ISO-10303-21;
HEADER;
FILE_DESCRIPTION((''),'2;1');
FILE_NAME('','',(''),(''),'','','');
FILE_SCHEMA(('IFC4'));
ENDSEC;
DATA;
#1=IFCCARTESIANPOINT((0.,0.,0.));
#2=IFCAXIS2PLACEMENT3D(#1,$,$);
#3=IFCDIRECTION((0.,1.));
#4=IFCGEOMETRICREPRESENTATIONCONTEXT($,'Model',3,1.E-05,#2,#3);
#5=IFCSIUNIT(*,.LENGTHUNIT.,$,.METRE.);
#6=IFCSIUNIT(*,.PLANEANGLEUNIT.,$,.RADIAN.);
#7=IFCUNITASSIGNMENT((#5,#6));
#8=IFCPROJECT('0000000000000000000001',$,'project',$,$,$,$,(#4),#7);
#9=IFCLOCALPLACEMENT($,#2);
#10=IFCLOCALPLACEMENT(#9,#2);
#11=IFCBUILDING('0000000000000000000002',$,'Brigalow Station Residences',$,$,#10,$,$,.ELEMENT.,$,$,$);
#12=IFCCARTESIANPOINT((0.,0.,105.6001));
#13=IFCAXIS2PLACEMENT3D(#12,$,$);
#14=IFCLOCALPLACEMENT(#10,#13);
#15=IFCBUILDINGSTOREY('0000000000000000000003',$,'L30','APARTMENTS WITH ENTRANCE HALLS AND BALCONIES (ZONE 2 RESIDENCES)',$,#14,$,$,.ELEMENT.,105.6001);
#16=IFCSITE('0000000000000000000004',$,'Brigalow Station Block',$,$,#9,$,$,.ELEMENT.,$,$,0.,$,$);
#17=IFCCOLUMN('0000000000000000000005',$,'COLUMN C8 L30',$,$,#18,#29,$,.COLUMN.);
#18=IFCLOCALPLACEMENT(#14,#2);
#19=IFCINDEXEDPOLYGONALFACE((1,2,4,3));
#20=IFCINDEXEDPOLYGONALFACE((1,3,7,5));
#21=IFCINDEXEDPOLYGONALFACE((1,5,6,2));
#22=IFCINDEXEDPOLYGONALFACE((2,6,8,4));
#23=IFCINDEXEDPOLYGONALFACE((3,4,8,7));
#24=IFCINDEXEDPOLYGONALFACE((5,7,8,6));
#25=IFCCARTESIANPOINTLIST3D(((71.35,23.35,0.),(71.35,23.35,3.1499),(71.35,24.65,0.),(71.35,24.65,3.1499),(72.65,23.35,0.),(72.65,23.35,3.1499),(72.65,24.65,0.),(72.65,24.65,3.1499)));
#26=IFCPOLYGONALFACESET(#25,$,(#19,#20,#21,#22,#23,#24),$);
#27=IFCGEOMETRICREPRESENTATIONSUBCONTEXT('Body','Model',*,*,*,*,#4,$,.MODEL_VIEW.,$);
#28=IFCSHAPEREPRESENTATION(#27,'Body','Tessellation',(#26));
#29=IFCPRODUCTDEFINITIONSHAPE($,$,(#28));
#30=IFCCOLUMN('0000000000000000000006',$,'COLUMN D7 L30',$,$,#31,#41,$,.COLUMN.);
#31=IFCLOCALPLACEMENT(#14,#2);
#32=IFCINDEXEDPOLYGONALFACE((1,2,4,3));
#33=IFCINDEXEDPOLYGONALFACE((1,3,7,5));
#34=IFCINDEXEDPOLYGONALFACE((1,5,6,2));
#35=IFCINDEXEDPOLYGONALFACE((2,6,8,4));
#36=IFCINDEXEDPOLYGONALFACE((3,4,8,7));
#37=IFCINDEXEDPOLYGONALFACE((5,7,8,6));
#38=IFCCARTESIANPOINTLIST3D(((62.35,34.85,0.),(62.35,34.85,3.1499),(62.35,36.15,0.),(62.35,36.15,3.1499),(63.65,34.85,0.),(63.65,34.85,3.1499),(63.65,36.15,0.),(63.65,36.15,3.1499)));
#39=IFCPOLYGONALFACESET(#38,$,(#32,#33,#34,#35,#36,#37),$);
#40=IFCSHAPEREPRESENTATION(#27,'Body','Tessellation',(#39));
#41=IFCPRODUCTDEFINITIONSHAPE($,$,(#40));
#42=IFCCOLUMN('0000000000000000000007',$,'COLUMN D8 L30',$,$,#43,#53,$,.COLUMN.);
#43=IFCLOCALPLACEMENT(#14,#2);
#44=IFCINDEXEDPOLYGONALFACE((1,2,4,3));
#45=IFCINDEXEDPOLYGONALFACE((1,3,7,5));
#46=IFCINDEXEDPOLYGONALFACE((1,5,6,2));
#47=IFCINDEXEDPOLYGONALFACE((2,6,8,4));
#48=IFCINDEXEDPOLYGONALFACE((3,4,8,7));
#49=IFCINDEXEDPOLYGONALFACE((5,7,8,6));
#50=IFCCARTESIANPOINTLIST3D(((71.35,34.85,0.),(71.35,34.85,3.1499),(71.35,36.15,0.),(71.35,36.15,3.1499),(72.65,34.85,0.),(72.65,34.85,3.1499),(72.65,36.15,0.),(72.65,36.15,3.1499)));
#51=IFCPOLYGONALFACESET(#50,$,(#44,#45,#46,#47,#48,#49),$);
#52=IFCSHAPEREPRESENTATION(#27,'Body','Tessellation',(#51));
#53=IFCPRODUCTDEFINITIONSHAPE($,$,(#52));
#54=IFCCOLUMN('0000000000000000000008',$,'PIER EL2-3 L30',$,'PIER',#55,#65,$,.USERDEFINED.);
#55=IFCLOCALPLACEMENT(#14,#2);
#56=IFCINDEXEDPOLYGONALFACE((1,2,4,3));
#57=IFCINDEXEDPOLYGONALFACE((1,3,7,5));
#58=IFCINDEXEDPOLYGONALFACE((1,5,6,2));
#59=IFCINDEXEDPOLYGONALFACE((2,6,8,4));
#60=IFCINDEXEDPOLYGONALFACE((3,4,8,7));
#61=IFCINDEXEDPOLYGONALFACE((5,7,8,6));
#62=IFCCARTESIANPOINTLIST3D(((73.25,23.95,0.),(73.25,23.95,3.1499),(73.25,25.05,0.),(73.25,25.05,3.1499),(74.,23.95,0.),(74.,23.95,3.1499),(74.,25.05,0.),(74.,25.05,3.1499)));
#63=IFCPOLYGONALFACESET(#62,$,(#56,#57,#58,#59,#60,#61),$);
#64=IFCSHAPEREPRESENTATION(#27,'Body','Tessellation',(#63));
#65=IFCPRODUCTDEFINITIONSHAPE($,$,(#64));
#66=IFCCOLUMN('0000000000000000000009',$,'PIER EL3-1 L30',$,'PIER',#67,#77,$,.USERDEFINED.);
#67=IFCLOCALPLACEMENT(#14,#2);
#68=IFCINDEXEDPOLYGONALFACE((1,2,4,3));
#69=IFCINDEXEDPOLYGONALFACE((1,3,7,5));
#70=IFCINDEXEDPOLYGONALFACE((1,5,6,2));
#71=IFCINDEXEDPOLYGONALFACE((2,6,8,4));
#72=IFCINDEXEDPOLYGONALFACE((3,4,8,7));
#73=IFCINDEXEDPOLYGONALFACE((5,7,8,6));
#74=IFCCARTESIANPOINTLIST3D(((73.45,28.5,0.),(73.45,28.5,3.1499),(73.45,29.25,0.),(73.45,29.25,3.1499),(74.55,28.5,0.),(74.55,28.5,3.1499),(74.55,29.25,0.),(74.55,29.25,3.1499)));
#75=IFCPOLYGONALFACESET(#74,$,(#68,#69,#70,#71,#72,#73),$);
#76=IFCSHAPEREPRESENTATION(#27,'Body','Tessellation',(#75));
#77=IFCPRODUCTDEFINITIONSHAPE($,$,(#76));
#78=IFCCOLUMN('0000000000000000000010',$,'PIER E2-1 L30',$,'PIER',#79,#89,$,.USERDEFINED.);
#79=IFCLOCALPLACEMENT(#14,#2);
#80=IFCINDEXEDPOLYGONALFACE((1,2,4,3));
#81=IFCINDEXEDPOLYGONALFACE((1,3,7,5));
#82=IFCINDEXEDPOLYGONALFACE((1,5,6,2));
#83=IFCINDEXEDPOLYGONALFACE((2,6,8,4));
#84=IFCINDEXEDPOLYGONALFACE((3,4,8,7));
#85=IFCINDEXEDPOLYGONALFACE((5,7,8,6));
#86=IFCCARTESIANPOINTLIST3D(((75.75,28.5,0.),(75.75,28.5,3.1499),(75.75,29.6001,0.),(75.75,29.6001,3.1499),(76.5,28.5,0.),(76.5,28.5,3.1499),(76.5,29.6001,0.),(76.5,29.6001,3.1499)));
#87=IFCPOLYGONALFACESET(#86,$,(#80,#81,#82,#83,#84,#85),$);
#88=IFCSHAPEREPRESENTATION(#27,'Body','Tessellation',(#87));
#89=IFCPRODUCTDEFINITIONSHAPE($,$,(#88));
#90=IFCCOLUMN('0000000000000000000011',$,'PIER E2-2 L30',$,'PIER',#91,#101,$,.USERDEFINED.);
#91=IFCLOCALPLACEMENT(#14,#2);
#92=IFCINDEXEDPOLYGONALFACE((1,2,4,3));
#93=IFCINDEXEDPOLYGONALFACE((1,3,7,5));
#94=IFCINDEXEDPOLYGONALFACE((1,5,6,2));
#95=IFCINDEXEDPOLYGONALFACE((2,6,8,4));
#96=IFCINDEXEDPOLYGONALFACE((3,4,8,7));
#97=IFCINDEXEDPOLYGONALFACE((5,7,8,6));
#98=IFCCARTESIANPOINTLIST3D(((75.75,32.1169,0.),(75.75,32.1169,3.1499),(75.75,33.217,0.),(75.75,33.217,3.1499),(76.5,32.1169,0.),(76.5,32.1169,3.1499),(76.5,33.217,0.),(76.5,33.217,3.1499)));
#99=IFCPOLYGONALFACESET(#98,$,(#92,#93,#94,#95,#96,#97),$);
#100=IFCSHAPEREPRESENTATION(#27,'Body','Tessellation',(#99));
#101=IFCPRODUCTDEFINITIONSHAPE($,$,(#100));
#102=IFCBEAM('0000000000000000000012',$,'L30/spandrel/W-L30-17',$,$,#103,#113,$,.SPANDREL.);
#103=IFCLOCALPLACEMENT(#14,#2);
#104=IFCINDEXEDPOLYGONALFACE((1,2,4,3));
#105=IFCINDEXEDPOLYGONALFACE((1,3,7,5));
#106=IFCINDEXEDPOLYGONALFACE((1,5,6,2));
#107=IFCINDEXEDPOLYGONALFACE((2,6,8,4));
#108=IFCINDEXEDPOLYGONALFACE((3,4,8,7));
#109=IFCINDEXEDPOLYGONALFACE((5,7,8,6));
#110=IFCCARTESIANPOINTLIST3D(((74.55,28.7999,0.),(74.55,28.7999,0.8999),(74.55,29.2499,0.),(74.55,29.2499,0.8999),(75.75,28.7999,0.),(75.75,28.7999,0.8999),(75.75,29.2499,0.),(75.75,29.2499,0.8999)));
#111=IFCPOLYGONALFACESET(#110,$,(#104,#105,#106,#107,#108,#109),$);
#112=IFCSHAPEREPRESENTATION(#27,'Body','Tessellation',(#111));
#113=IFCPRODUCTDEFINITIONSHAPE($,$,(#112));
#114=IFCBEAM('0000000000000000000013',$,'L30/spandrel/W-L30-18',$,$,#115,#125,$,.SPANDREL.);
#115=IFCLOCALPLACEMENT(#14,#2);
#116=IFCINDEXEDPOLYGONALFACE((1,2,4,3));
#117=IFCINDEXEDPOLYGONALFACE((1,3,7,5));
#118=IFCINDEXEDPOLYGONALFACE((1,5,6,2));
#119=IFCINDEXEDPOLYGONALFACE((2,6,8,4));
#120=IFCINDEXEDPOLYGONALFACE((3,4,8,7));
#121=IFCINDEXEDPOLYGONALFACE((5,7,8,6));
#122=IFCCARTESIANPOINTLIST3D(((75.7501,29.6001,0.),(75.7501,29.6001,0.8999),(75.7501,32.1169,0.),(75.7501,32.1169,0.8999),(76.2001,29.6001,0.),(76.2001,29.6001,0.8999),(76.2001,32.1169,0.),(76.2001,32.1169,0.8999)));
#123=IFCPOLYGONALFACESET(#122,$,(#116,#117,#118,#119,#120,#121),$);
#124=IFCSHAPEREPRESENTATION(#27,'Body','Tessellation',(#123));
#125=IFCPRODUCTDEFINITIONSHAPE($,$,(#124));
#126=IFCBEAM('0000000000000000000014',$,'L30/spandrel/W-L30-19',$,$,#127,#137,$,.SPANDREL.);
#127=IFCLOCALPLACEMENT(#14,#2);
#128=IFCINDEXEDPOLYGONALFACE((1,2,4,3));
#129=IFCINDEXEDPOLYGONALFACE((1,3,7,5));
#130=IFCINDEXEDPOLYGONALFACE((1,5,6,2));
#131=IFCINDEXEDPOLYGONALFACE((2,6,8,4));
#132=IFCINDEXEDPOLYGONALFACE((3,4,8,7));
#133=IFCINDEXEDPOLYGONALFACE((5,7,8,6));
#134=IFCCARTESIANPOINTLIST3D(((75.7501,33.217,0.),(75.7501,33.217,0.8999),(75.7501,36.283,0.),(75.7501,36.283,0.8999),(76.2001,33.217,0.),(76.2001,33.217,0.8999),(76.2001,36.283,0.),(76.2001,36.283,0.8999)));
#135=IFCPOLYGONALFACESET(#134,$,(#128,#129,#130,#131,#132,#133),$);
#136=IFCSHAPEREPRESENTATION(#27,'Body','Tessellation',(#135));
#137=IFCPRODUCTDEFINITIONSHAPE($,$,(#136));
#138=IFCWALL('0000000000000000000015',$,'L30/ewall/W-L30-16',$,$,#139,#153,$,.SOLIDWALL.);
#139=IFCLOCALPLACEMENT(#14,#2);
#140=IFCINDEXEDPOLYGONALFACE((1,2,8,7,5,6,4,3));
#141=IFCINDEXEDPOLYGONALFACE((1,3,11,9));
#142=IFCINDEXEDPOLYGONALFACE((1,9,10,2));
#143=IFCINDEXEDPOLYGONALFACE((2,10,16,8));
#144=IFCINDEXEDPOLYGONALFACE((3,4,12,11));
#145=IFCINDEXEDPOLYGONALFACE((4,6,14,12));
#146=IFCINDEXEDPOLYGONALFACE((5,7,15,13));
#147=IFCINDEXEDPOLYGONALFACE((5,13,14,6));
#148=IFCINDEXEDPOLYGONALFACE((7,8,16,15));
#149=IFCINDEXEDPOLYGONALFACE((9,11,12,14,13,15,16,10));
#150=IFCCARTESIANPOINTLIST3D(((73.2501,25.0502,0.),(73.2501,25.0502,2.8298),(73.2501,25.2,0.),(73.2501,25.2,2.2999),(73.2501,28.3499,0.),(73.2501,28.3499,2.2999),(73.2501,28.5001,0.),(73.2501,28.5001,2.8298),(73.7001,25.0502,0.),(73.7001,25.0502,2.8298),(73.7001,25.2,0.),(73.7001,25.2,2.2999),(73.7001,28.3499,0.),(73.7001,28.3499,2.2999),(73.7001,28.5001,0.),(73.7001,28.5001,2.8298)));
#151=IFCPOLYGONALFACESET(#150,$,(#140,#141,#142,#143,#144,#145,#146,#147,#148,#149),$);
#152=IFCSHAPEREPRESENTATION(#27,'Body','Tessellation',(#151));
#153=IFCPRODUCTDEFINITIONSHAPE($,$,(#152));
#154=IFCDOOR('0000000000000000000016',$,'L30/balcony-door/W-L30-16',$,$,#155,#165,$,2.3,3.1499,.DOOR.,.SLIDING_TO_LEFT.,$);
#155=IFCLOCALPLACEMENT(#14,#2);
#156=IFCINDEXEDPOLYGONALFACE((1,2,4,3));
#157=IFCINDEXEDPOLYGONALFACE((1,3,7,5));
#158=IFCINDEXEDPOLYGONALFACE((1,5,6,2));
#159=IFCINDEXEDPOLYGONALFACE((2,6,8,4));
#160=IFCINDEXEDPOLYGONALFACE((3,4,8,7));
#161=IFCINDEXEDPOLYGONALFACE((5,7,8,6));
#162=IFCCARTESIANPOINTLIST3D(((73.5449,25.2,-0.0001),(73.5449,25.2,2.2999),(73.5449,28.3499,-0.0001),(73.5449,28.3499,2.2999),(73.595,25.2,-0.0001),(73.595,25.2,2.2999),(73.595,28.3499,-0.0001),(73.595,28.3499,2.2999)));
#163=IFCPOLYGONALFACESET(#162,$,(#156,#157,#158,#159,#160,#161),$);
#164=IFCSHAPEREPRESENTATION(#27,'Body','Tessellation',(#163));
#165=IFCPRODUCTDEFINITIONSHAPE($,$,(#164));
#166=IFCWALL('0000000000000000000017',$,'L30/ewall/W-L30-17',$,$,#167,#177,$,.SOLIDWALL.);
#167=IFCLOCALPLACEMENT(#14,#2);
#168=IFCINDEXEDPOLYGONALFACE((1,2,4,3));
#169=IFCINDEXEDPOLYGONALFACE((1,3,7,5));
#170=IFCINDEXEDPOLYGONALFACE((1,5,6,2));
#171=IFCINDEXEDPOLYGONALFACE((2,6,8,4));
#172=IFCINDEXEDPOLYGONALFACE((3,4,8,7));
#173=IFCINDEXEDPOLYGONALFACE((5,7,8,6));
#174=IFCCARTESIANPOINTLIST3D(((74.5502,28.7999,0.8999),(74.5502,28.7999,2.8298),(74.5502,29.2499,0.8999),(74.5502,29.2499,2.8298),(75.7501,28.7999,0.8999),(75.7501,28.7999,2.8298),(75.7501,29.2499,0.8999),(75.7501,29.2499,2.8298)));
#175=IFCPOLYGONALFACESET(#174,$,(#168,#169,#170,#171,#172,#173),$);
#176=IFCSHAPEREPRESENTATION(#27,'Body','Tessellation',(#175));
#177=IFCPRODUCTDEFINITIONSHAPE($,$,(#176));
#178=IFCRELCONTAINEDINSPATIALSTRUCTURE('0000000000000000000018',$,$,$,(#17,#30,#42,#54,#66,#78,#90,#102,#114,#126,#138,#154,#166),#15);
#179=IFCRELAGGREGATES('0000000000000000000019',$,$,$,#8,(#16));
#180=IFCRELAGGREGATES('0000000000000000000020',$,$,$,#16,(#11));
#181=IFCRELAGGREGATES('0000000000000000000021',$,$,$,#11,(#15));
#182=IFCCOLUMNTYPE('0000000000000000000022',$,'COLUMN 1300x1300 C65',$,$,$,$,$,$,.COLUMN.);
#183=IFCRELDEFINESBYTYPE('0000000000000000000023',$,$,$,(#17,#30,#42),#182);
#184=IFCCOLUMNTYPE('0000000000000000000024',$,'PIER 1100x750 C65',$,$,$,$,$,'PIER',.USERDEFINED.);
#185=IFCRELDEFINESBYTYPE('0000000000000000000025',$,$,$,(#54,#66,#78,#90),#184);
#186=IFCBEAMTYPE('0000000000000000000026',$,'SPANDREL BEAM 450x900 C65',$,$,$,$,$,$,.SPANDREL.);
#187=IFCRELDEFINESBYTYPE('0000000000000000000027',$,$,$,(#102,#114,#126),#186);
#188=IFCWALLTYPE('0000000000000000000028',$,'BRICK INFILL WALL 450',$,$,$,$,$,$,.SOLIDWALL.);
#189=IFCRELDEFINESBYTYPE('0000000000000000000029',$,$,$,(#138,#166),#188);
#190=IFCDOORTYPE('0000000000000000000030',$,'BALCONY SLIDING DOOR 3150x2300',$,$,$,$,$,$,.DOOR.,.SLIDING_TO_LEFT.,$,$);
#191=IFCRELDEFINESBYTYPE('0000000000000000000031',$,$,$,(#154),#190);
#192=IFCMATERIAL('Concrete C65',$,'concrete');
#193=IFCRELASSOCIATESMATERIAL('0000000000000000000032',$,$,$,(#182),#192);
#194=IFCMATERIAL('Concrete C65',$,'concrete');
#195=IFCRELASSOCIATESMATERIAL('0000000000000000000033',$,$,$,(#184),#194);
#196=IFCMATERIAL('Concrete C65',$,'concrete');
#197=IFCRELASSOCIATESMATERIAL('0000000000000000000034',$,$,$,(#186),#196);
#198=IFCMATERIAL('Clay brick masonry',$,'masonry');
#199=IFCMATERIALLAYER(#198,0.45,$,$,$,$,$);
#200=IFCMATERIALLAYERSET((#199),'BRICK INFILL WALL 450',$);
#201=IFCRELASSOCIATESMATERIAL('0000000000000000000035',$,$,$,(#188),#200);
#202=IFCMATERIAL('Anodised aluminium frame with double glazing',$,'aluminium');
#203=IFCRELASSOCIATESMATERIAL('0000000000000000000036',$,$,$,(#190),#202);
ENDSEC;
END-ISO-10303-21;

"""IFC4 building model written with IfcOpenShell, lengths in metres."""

from ifc_helpers import new_model, si_unit, direction, frame, frame_2d, origin, origin_2d, place, context, subcontext, project, spatial, rectangle, extrude, material, layer, layer_set, material_profile, profile_set, type_object, element, fill, save


model = new_model("IFC4")

# Units and contexts
model_context = context("Model", 3, precision=1e-05, world=origin(), true_north=direction((0.0, 1.0)))
body_context = subcontext(model_context, "Body", "Model", "MODEL_VIEW")
ifc_project = project(units=[si_unit("LENGTHUNIT", "METRE"), si_unit("PLANEANGLEUNIT", "RADIAN")], contexts=[model_context])

# Site, building, storey
site_placement = place(None, origin())
site = spatial("IfcSite", under=ifc_project, at=site_placement, Name="Brigalow Station Block", CompositionType="ELEMENT", RefElevation=0.0)
building_placement = place(site_placement, origin())
building = spatial("IfcBuilding", under=site, at=building_placement, Name="Brigalow Station Residences", CompositionType="ELEMENT")
storey_placement = place(building_placement, frame((0.0, 0.0, 105.6001)))
storey = spatial("IfcBuildingStorey", under=building, at=storey_placement, Name="L30", Description="APARTMENTS WITH ENTRANCE HALLS AND BALCONIES (ZONE 2 RESIDENCES)", CompositionType="ELEMENT", Elevation=105.6001)

# Columns
ifc_material_1 = material(Name="Concrete C65", Category="concrete")
ifc_material_profile_1 = material_profile(ifc_material_1, rectangle(XDim=1.3, YDim=1.3, at=origin_2d()), Name="RC1300x1300")
ifc_profile_set_1 = profile_set([ifc_material_profile_1], Name="Concrete C65")
column_type_1 = type_object("IfcColumnType", Name="COLUMN 1300x1300 C65", PredefinedType="COLUMN", material=ifc_profile_set_1)
for number, where, z_axis, x_axis, name in (
    (1, (72.0, 24.0, 0.0), (0.0, 0.0, 1.0), (1.0, 0.0, 0.0), "COLUMN C8 L30"),
    (2, (63.0, 35.5, 0.0), (0.0, 0.0, 1.0), (1.0, 0.0, 0.0), "COLUMN D7 L30"),
    (3, (72.0, 35.5, 0.0), (0.0, 0.0, 1.0), (1.0, 0.0, 0.0), "COLUMN D8 L30"),
):
    element("IfcColumn", number, at=place(storey_placement, frame(where, z_axis=z_axis, x_axis=x_axis)), inside=storey, type_object=column_type_1, Name=name, PredefinedType="COLUMN", context=body_context, shape_type="SweptSolid", body=[
        extrude(rectangle(XDim=1.3, YDim=1.3, at=origin_2d()), origin(), (0.0, 0.0, 1.0), 3.1499),
    ])
ifc_material_2 = material(Name="Concrete C65", Category="concrete")
ifc_material_profile_2 = material_profile(ifc_material_2, rectangle(XDim=1.1001, YDim=0.75, at=origin_2d()), Name="RC1100x750")
ifc_profile_set_2 = profile_set([ifc_material_profile_2], Name="Concrete C65")
column_type_2 = type_object("IfcColumnType", Name="PIER 1100x750 C65", ElementType="PIER", PredefinedType="USERDEFINED", material=ifc_profile_set_2)
for number, where, z_axis, x_axis, name in (
    (4, (73.625, 24.5, 0.0), (0.0, 0.0, 1.0), (0.0, 1.0, 0.0), "PIER EL2-3 L30"),
    (5, (74.0, 28.875, 0.0), (0.0, 0.0, 1.0), (1.0, 0.0, 0.0), "PIER EL3-1 L30"),
    (6, (76.125, 29.05, 0.0), (0.0, 0.0, 1.0), (0.0, 1.0, 0.0), "PIER E2-1 L30"),
    (7, (76.125, 32.667, 0.0), (0.0, 0.0, 1.0), (0.0, 1.0, 0.0), "PIER E2-2 L30"),
):
    element("IfcColumn", number, at=place(storey_placement, frame(where, z_axis=z_axis, x_axis=x_axis)), inside=storey, type_object=column_type_2, Name=name, ObjectType="PIER", PredefinedType="USERDEFINED", context=body_context, shape_type="SweptSolid", body=[
        extrude(rectangle(XDim=1.1001, YDim=0.75, at=origin_2d()), origin(), (0.0, 0.0, 1.0), 3.1499),
    ])

# Beams
ifc_material_3 = material(Name="Concrete C65", Category="concrete")
ifc_material_profile_3 = material_profile(ifc_material_3, rectangle(XDim=0.45, YDim=0.8999, at=origin_2d()), Name="RC450x900")
ifc_profile_set_3 = profile_set([ifc_material_profile_3], Name="Concrete C65")
beam_type = type_object("IfcBeamType", Name="SPANDREL BEAM 450x900 C65", PredefinedType="SPANDREL", material=ifc_profile_set_3)
beam_1_placement = place(storey_placement, frame((74.55, 29.0249, 0.45), z_axis=(1.0, 0.0, 0.0), x_axis=(0.0, 1.0, 0.0)))
element("IfcBeam", 8, at=beam_1_placement, inside=storey, type_object=beam_type, Name="L30/spandrel/W-L30-17", PredefinedType="SPANDREL", context=body_context, shape_type="SweptSolid", body=[
    extrude(rectangle(XDim=0.45, YDim=0.8999, at=origin_2d()), origin(), (0.0, 0.0, 1.0), 1.2),
])
beam_2_placement = place(storey_placement, frame((75.9751, 29.6001, 0.45), z_axis=(0.0, 1.0, 0.0), x_axis=(-1.0, 0.0, 0.0)))
element("IfcBeam", 9, at=beam_2_placement, inside=storey, type_object=beam_type, Name="L30/spandrel/W-L30-18", PredefinedType="SPANDREL", context=body_context, shape_type="SweptSolid", body=[
    extrude(rectangle(XDim=0.45, YDim=0.8999, at=origin_2d()), origin(), (0.0, 0.0, 1.0), 2.5168),
])
beam_3_placement = place(storey_placement, frame((75.9751, 33.217, 0.45), z_axis=(0.0, 1.0, 0.0), x_axis=(-1.0, 0.0, 0.0)))
element("IfcBeam", 10, at=beam_3_placement, inside=storey, type_object=beam_type, Name="L30/spandrel/W-L30-19", PredefinedType="SPANDREL", context=body_context, shape_type="SweptSolid", body=[
    extrude(rectangle(XDim=0.45, YDim=0.8999, at=origin_2d()), origin(), (0.0, 0.0, 1.0), 3.0659),
])

# Wall, opening, door
ifc_material_4 = material(Name="Clay brick masonry", Category="masonry")
ifc_layer_1 = layer(ifc_material_4, 0.45)
ifc_layer_set_1 = layer_set([ifc_layer_1], Name="BRICK INFILL WALL 450")
wall_type_1 = type_object("IfcWallType", Name="BRICK INFILL WALL 450", PredefinedType="SOLIDWALL", material=ifc_layer_set_1)
wall_1_placement = place(storey_placement, frame((73.4751, 25.05, 0.0), z_axis=(0.0, 0.0, 1.0), x_axis=(0.0, 1.0, 0.0)))
wall_1 = element("IfcWall", 11, at=wall_1_placement, inside=storey, type_object=wall_type_1, Name="L30/ewall/W-L30-16", PredefinedType="SOLIDWALL", context=body_context, shape_type="SweptSolid", body=[
    extrude(rectangle(XDim=3.45, YDim=0.45, at=frame_2d((1.7251, 0.0))), origin(), (0.0, 0.0, 1.0), 2.8298),
])
opening_1_placement = place(wall_1_placement, frame((0.1499, 0.0, 0.0)))
opening_1 = element("IfcOpeningElement", 12, at=opening_1_placement, cuts=wall_1, PredefinedType="OPENING", context=body_context, shape_type="SweptSolid", body=[
    extrude(rectangle(XDim=3.1499, YDim=2.3, at=frame_2d((1.575, 1.1499))), frame((0.0, 0.2349, 0.0), z_axis=(0.0, -1.0, 0.0), x_axis=(1.0, 0.0, 0.0)), (0.0, 0.0, 1.0), 0.47),
])
ifc_material_5 = material(Name="Anodised aluminium frame with double glazing", Category="aluminium")
door_type_1 = type_object("IfcDoorType", Name="BALCONY SLIDING DOOR 3150x2300", OperationType="SLIDING_TO_LEFT", PredefinedType="DOOR", material=ifc_material_5)
door_1_placement = place(opening_1_placement, origin())
door_1 = element("IfcDoor", 13, at=door_1_placement, inside=storey, type_object=door_type_1, Name="L30/balcony-door/W-L30-16", OperationType="SLIDING_TO_LEFT", OverallHeight=2.3, OverallWidth=3.1499, PredefinedType="DOOR", context=body_context, shape_type="SweptSolid", body=[
    extrude(rectangle(XDim=3.1499, YDim=2.3, at=frame_2d((1.575, 1.1499))), frame((0.0, -0.0698, 0.0), z_axis=(0.0, -1.0, 0.0), x_axis=(1.0, 0.0, 0.0)), (0.0, 0.0, 1.0), 0.05),
])
fill(opening_1, door_1)

# Wall
wall_2_placement = place(storey_placement, frame((74.55, 29.0249, 0.8999), z_axis=(0.0, 0.0, 1.0), x_axis=(1.0, 0.0, 0.0)))
element("IfcWall", 14, at=wall_2_placement, inside=storey, type_object=wall_type_1, Name="L30/ewall/W-L30-17", PredefinedType="SOLIDWALL", context=body_context, shape_type="SweptSolid", body=[
    extrude(rectangle(XDim=1.2, YDim=0.45, at=frame_2d((0.6001, 0.0))), origin(), (0.0, 0.0, 1.0), 1.9299),
])

save(model, "model.ifc")
